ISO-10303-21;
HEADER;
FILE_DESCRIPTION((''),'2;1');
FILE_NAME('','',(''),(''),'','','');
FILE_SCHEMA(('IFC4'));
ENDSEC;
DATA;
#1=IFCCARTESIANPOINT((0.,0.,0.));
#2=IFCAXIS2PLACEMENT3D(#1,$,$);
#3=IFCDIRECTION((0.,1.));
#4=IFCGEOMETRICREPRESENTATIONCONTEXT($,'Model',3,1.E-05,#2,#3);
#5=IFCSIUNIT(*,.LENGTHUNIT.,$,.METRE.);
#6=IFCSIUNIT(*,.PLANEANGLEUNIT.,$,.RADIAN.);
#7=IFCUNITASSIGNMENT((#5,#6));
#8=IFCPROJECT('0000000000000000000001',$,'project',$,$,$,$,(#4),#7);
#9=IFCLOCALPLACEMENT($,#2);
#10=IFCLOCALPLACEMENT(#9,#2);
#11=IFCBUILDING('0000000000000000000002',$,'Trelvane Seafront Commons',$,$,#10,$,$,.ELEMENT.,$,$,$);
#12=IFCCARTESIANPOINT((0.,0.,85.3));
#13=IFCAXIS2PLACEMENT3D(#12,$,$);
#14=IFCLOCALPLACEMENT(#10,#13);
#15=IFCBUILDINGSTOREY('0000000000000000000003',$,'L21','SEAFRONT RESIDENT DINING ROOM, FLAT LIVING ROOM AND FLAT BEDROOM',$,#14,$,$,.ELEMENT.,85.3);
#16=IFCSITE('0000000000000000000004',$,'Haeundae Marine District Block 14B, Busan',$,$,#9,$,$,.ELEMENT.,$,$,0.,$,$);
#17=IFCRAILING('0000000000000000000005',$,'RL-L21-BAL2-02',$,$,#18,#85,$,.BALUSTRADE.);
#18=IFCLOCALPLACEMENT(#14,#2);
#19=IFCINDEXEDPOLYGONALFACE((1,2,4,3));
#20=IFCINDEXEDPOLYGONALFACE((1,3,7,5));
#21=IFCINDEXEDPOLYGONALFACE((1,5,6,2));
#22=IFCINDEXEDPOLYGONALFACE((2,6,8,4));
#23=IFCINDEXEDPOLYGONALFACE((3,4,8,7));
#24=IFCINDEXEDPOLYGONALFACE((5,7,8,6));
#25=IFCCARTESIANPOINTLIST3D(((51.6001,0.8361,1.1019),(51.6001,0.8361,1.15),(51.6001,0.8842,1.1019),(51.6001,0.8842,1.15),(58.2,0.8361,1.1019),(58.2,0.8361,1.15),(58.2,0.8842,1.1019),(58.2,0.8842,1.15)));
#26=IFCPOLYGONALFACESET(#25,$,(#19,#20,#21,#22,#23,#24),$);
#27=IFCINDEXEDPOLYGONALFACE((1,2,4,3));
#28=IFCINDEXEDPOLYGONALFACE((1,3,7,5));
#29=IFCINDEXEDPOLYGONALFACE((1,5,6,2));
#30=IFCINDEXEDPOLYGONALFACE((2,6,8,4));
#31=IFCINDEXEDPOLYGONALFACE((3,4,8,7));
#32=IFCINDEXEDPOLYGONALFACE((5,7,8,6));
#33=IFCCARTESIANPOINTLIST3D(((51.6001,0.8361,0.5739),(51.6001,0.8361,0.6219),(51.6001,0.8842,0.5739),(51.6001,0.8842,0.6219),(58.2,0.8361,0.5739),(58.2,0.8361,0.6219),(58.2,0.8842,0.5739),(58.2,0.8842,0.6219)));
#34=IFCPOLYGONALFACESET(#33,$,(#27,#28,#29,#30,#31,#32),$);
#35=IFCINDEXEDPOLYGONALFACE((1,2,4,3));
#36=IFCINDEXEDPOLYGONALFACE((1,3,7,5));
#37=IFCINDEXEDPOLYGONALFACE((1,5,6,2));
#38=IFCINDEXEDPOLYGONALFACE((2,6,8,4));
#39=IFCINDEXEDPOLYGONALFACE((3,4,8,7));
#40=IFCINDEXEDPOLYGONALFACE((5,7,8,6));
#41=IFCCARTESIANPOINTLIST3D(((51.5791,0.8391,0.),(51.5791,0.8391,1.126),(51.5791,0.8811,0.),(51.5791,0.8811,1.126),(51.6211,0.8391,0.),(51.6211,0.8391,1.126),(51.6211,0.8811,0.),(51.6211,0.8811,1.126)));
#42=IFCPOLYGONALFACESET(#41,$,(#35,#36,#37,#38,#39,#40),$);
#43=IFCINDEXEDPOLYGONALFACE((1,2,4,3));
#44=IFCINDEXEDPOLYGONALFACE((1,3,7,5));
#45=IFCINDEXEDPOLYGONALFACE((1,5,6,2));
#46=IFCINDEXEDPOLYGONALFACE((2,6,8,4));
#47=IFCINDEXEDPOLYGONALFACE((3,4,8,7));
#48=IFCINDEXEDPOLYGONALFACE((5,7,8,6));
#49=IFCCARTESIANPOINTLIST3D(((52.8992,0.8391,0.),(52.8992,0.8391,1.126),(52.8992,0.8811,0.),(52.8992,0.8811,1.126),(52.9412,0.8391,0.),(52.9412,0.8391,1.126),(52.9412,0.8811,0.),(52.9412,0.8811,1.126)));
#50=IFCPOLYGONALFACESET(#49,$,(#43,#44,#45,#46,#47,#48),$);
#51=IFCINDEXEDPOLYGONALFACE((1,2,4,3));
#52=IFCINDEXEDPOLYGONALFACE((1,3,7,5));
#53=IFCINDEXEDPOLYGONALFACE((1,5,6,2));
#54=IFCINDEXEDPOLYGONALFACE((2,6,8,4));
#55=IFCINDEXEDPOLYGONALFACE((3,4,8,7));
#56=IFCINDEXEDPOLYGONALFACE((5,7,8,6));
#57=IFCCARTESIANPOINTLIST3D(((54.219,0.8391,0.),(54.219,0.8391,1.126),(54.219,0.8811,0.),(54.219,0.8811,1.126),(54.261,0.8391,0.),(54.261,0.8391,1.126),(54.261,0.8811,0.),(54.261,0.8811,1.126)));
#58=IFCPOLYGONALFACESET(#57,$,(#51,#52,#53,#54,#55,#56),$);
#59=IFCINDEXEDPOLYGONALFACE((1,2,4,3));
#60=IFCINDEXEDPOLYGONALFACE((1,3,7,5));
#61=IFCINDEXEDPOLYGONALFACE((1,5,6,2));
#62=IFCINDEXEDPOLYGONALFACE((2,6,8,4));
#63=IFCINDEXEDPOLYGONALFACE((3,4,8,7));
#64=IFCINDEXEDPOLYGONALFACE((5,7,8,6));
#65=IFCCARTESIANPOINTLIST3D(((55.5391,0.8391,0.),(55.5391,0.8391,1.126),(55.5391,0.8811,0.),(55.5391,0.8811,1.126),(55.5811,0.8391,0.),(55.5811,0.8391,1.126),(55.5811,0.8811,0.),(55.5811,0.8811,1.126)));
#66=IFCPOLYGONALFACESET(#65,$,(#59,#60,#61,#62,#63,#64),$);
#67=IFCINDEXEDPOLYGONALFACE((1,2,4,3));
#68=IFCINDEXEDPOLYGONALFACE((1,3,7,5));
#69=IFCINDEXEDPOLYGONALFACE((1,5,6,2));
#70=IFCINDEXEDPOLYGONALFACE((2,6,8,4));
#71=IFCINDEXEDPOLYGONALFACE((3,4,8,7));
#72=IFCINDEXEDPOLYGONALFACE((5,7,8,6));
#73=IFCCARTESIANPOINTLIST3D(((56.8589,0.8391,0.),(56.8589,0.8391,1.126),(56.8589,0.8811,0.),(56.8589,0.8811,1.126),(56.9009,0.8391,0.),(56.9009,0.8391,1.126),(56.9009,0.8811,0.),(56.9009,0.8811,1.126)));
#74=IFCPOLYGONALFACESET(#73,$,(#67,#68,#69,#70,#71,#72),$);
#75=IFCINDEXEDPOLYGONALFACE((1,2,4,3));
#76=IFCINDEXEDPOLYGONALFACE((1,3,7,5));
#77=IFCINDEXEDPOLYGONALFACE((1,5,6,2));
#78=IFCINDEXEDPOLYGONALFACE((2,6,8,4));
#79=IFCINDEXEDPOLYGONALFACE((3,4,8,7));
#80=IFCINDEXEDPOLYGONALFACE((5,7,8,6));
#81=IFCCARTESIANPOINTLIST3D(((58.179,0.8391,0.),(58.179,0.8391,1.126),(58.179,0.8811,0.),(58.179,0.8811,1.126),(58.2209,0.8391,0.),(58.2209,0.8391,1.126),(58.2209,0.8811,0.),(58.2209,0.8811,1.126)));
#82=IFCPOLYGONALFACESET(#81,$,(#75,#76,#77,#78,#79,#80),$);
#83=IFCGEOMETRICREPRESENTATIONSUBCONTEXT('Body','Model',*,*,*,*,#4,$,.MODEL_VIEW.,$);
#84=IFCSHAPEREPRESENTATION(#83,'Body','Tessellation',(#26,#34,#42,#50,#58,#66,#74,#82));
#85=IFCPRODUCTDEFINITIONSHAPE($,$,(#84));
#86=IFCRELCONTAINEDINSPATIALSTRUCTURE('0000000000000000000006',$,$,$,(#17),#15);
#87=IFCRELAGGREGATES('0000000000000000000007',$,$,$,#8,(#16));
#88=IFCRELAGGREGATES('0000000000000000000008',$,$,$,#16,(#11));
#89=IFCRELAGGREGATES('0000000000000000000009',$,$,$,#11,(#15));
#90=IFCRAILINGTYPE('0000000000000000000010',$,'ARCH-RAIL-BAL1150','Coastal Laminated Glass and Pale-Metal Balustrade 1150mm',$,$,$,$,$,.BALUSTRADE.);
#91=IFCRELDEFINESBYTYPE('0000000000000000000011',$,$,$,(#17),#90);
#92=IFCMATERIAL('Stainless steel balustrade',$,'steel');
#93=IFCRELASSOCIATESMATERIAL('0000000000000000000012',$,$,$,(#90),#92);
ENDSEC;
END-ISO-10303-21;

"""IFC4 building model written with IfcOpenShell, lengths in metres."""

from ifc_helpers import new_model, si_unit, direction, frame, origin, origin_2d, place, context, subcontext, project, spatial, rectangle, extrude, material, type_object, element, save


model = new_model("IFC4")

# Units and contexts
model_context = context("Model", 3, precision=1e-05, world=origin(), true_north=direction((0.0, 1.0)))
body_context = subcontext(model_context, "Body", "Model", "MODEL_VIEW")
ifc_project = project(units=[si_unit("LENGTHUNIT", "METRE"), si_unit("PLANEANGLEUNIT", "RADIAN")], contexts=[model_context])

# Site, building, storey
site_placement = place(None, origin())
site = spatial("IfcSite", under=ifc_project, at=site_placement, Name="Haeundae Marine District Block 14B, Busan", CompositionType="ELEMENT", RefElevation=0.0)
building_placement = place(site_placement, origin())
building = spatial("IfcBuilding", under=site, at=building_placement, Name="Trelvane Seafront Commons", CompositionType="ELEMENT")
storey_placement = place(building_placement, frame((0.0, 0.0, 85.3)))
storey = spatial("IfcBuildingStorey", under=building, at=storey_placement, Name="L21", Description="SEAFRONT RESIDENT DINING ROOM, FLAT LIVING ROOM AND FLAT BEDROOM", CompositionType="ELEMENT", Elevation=85.3)

# Railing
ifc_material_1 = material(Name="Stainless steel balustrade", Category="steel")
railing_type = type_object("IfcRailingType", Name="ARCH-RAIL-BAL1150", Description="Coastal Laminated Glass and Pale-Metal Balustrade 1150mm", PredefinedType="BALUSTRADE", material=ifc_material_1)
railing_1_placement = place(storey_placement, frame((51.6001, 0.8601, 0.0)))
element("IfcRailing", 1, at=railing_1_placement, inside=storey, type_object=railing_type, Name="RL-L21-BAL2-02", PredefinedType="BALUSTRADE", context=body_context, shape_type="SweptSolid", body=[
    extrude(rectangle(XDim=0.0481, YDim=0.0481, at=origin_2d()), frame((0.0, 0.0, 1.126), z_axis=(1.0, 0.0, 0.0), x_axis=(0.0, 1.0, 0.0)), (0.0, 0.0, 1.0), 6.5999),
    extrude(rectangle(XDim=0.0481, YDim=0.0481, at=origin_2d()), frame((0.0, 0.0, 0.5979), z_axis=(1.0, 0.0, 0.0), x_axis=(0.0, 1.0, 0.0)), (0.0, 0.0, 1.0), 6.5999),
    extrude(rectangle(XDim=0.042, YDim=0.042, at=origin_2d()), origin(), (0.0, 0.0, 1.0), 1.126),
    extrude(rectangle(XDim=0.042, YDim=0.042, at=origin_2d()), frame((1.3201, 0.0, 0.0)), (0.0, 0.0, 1.0), 1.126),
    extrude(rectangle(XDim=0.042, YDim=0.042, at=origin_2d()), frame((2.6399, 0.0, 0.0)), (0.0, 0.0, 1.0), 1.126),
    extrude(rectangle(XDim=0.042, YDim=0.042, at=origin_2d()), frame((3.96, 0.0, 0.0)), (0.0, 0.0, 1.0), 1.126),
    extrude(rectangle(XDim=0.042, YDim=0.042, at=origin_2d()), frame((5.2798, 0.0, 0.0)), (0.0, 0.0, 1.0), 1.126),
    extrude(rectangle(XDim=0.042, YDim=0.042, at=origin_2d()), frame((6.5999, 0.0, 0.0)), (0.0, 0.0, 1.0), 1.126),
])

save(model, "model.ifc")
